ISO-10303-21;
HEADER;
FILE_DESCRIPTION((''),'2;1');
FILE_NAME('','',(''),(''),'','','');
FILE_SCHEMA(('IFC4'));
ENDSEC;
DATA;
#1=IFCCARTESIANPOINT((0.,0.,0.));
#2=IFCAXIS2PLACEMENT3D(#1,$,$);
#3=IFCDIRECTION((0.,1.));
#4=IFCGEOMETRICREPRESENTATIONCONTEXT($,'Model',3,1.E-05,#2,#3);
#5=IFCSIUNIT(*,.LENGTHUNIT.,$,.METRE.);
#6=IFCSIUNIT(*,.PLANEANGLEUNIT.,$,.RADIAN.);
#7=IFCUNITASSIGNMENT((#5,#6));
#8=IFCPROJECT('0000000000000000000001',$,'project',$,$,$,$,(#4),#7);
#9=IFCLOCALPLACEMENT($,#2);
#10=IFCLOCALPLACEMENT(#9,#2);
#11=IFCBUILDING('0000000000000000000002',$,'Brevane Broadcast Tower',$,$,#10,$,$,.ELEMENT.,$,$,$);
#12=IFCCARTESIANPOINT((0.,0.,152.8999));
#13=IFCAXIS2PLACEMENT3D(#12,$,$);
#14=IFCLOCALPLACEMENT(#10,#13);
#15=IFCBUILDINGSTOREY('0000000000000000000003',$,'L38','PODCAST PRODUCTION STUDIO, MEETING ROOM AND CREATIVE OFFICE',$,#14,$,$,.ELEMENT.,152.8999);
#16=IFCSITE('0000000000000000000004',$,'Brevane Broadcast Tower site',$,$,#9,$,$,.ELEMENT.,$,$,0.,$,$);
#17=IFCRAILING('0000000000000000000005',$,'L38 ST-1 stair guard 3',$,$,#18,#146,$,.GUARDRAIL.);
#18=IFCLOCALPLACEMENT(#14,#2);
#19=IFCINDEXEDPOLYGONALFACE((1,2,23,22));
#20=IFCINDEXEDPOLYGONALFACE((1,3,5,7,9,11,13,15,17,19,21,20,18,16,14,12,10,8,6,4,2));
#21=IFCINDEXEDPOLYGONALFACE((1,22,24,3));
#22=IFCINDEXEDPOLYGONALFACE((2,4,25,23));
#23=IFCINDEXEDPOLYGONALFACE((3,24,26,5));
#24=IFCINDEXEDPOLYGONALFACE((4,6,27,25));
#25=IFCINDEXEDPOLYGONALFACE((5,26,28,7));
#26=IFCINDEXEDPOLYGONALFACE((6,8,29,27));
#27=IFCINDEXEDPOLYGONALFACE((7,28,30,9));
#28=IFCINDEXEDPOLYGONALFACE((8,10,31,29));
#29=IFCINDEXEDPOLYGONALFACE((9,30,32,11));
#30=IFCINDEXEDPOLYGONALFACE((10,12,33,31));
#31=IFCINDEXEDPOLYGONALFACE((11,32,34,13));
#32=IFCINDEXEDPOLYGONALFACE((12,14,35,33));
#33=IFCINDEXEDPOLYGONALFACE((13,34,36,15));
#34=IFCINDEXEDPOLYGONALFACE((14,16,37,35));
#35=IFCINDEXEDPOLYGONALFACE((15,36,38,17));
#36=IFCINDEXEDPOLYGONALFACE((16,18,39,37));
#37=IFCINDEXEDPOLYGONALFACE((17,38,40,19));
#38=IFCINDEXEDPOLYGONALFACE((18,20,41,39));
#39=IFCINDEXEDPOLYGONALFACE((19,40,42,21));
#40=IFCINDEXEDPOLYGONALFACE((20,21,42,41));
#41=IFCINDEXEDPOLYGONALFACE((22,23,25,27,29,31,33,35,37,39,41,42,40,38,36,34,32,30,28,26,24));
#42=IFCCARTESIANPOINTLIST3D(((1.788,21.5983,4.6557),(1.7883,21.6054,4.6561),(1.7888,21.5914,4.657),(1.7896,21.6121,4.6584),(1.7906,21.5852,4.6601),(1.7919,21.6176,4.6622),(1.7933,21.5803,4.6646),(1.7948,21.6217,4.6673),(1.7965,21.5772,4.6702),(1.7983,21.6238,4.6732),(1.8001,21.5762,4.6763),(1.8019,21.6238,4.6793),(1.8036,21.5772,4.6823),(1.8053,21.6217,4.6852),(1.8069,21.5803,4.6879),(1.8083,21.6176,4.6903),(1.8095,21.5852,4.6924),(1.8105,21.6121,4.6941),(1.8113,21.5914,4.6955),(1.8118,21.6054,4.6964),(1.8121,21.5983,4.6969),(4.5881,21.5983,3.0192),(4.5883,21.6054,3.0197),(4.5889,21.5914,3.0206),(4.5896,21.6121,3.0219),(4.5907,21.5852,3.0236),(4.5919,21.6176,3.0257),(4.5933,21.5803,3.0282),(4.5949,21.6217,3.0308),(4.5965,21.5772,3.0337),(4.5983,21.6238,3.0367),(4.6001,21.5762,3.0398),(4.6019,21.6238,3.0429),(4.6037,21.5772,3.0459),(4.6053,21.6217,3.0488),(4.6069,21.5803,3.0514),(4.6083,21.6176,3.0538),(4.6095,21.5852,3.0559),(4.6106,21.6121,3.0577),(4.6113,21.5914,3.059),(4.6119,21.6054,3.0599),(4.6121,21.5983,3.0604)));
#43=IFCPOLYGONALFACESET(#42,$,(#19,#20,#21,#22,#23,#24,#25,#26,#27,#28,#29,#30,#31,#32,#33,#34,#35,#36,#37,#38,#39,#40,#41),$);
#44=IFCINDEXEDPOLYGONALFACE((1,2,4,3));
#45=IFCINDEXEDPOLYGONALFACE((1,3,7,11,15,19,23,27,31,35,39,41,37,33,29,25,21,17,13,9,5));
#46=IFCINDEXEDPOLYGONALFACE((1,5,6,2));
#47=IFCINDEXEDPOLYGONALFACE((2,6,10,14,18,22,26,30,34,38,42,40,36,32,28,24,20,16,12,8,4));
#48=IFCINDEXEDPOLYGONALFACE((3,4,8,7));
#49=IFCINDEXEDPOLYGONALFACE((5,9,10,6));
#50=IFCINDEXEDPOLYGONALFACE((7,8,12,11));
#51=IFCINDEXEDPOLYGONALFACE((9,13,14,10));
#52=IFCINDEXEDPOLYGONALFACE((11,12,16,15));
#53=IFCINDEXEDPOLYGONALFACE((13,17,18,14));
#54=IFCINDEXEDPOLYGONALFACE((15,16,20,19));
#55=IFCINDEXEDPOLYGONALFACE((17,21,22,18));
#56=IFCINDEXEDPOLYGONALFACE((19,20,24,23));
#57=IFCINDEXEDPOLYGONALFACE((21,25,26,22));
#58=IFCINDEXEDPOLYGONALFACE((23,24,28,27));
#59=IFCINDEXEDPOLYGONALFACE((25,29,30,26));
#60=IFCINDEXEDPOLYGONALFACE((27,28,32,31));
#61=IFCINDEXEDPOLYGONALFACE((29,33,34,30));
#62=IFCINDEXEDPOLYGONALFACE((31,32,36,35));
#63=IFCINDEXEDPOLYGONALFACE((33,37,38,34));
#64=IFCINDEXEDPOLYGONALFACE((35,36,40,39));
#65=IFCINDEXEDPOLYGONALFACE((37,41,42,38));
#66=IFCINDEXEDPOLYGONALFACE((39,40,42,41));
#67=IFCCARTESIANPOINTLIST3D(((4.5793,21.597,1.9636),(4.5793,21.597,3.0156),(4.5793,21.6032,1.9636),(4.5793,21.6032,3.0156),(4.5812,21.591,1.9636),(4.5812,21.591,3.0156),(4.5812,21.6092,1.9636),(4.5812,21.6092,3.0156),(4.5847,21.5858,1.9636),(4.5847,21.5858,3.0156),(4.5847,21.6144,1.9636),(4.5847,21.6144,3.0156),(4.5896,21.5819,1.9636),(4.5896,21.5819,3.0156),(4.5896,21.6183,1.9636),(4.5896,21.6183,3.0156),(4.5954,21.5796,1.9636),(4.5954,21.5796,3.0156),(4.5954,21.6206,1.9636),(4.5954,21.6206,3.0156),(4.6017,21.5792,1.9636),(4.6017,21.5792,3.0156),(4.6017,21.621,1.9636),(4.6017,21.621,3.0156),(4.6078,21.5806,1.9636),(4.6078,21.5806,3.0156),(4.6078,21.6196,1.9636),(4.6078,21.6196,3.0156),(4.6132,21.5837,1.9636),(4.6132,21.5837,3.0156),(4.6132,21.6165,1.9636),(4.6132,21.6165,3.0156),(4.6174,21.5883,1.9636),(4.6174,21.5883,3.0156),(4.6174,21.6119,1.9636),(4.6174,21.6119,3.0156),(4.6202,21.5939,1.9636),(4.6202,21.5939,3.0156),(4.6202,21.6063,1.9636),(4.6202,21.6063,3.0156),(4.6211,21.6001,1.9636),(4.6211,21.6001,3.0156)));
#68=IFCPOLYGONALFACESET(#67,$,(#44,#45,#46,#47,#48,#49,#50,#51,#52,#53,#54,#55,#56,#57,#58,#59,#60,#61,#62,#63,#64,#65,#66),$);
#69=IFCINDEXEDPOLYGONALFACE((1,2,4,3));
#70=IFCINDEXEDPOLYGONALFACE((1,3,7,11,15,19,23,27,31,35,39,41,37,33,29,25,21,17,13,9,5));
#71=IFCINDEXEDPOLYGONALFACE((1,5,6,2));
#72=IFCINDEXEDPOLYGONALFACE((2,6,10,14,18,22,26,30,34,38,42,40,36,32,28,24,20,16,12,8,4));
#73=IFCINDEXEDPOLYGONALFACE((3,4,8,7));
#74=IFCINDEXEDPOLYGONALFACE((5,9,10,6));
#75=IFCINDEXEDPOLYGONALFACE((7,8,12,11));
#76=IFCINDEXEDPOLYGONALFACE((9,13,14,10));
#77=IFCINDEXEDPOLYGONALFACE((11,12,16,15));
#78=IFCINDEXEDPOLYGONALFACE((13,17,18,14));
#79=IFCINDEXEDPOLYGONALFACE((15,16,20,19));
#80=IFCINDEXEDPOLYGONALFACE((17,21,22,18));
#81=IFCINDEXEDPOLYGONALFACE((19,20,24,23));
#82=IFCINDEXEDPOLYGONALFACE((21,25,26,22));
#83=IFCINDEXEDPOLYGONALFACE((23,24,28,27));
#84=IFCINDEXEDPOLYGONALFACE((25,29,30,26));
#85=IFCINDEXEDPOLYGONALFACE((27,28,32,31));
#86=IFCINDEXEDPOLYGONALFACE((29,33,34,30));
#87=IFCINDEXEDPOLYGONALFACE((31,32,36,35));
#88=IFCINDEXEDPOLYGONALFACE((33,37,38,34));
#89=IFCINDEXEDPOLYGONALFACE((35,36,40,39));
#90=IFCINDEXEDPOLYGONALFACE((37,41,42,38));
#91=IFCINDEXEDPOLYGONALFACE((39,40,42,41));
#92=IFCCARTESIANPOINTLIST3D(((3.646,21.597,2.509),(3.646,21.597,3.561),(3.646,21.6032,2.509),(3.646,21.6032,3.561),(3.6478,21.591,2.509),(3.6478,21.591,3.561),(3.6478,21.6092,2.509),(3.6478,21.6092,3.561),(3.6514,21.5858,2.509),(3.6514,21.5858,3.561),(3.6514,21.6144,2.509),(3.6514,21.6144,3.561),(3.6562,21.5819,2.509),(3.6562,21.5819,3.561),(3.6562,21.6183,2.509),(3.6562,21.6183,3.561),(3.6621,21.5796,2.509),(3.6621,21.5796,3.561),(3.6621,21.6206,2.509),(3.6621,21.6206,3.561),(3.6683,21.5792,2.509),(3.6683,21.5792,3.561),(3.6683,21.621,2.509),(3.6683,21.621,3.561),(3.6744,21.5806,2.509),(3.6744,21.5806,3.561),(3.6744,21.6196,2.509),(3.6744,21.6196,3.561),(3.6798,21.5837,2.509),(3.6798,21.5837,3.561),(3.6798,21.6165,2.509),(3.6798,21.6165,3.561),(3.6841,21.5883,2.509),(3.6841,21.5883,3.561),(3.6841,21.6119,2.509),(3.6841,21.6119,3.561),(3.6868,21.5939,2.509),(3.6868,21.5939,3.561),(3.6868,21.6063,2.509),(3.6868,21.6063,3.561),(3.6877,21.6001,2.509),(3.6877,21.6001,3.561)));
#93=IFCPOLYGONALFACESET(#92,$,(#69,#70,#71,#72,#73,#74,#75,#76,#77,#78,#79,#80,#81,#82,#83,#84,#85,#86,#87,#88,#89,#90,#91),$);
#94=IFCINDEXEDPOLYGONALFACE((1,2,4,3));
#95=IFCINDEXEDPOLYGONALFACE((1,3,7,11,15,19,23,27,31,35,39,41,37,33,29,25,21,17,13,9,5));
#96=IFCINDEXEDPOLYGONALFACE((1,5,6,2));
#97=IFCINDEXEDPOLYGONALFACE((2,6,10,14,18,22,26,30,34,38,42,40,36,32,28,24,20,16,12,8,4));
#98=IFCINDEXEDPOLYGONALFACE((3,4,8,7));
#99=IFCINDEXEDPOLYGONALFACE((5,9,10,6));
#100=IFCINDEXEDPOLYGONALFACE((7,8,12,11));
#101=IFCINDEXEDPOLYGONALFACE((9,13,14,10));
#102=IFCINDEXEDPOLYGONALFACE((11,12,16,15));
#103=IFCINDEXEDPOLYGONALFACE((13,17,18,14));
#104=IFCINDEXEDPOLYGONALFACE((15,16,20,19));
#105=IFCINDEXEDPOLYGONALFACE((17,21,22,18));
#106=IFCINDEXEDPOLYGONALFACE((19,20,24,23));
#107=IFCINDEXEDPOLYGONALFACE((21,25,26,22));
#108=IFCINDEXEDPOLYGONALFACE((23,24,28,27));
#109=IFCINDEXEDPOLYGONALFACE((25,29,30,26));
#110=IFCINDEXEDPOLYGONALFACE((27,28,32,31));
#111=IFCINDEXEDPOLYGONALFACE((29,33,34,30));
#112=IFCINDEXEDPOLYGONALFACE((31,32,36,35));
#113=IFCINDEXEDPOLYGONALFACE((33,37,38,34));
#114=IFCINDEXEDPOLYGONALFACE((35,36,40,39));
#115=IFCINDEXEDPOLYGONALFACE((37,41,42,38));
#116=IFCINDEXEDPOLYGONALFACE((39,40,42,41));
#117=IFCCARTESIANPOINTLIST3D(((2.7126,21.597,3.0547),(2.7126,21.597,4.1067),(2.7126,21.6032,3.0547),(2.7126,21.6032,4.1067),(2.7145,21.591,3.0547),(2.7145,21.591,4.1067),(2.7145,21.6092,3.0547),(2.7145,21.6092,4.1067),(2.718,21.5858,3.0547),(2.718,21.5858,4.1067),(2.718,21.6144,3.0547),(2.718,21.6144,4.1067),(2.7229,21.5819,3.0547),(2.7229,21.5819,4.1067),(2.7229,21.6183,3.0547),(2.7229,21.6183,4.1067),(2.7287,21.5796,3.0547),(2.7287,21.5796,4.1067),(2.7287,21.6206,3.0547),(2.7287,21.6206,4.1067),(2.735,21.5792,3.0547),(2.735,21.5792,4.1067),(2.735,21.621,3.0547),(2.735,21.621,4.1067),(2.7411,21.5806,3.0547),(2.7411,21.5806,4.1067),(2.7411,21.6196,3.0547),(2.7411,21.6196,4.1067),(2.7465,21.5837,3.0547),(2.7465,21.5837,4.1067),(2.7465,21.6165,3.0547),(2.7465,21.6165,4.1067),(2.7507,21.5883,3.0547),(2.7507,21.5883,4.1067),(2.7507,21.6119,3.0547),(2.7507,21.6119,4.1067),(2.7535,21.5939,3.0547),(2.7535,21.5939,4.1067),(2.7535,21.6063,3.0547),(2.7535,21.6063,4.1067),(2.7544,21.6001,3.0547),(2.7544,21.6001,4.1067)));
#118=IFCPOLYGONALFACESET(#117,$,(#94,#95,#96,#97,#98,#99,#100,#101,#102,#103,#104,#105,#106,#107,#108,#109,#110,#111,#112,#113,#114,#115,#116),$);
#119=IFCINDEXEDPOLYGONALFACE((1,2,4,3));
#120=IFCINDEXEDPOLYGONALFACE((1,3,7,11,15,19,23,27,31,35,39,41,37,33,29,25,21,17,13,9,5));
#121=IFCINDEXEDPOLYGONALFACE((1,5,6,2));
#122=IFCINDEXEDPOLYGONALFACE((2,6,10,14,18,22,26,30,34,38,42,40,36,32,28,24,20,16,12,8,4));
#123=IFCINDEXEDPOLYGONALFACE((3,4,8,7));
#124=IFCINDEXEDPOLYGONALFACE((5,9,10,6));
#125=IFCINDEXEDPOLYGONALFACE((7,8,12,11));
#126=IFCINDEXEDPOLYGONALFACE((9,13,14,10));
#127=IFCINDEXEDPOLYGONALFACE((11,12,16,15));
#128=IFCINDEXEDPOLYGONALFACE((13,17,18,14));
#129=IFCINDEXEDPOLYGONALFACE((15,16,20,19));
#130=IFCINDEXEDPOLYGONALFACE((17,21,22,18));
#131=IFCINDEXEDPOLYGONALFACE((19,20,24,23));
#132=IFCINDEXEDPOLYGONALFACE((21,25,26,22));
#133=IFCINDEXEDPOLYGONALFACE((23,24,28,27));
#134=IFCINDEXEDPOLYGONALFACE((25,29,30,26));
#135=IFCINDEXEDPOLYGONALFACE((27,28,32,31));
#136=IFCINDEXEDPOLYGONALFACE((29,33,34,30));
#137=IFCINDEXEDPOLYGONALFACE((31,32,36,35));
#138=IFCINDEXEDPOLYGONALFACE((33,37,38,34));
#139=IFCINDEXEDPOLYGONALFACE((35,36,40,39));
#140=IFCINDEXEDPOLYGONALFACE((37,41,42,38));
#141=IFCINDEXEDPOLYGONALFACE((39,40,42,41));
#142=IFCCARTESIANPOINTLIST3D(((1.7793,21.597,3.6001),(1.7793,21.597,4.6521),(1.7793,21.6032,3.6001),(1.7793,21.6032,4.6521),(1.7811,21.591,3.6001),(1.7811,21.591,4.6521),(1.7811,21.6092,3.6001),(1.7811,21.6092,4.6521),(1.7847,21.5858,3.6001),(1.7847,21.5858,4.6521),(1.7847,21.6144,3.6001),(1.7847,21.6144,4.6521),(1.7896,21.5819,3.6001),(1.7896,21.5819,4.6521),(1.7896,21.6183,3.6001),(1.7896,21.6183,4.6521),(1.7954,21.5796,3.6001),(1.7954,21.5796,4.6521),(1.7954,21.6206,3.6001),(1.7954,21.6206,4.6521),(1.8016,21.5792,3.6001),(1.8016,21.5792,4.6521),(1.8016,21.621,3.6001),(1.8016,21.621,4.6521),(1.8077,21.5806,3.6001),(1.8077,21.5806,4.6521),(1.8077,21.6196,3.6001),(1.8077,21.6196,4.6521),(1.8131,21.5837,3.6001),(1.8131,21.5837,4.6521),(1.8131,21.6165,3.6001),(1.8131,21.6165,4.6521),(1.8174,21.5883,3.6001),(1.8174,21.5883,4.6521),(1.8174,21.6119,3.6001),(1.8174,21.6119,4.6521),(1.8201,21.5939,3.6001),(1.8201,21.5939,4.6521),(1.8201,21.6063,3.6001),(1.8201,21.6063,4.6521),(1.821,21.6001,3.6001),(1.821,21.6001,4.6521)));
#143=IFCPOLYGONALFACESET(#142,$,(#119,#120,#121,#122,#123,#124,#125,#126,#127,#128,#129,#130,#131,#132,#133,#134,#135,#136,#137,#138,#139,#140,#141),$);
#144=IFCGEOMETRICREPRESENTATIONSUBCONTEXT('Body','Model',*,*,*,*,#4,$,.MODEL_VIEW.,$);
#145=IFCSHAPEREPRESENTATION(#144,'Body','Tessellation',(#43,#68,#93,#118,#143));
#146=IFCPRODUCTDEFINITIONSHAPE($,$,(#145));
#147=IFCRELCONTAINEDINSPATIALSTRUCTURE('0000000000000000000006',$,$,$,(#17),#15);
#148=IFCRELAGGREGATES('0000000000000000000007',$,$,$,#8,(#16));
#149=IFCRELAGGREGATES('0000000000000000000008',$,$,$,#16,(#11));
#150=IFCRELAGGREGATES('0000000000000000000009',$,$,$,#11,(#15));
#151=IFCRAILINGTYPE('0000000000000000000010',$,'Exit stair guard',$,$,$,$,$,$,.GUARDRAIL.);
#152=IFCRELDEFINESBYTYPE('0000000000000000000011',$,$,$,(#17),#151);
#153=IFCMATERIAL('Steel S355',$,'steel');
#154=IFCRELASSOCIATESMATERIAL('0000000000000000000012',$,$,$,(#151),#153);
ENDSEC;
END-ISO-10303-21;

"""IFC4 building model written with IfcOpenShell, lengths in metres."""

from ifc_helpers import new_model, si_unit, direction, frame, origin, origin_2d, place, context, subcontext, project, spatial, circle, extrude, material, type_object, element, save


model = new_model("IFC4")

# Units and contexts
model_context = context("Model", 3, precision=1e-05, world=origin(), true_north=direction((0.0, 1.0)))
body_context = subcontext(model_context, "Body", "Model", "MODEL_VIEW")
ifc_project = project(units=[si_unit("LENGTHUNIT", "METRE"), si_unit("PLANEANGLEUNIT", "RADIAN")], contexts=[model_context])

# Site, building, storey
site_placement = place(None, origin())
site = spatial("IfcSite", under=ifc_project, at=site_placement, Name="Brevane Broadcast Tower site", CompositionType="ELEMENT", RefElevation=0.0)
building_placement = place(site_placement, origin())
building = spatial("IfcBuilding", under=site, at=building_placement, Name="Brevane Broadcast Tower", CompositionType="ELEMENT")
storey_placement = place(building_placement, frame((0.0, 0.0, 152.8999)))
storey = spatial("IfcBuildingStorey", under=building, at=storey_placement, Name="L38", Description="PODCAST PRODUCTION STUDIO, MEETING ROOM AND CREATIVE OFFICE", CompositionType="ELEMENT", Elevation=152.8999)

# Railing
ifc_material_1 = material(Name="Steel S355", Category="steel")
railing_type_1 = type_object("IfcRailingType", Name="Exit stair guard", PredefinedType="GUARDRAIL", material=ifc_material_1)
railing_1_placement = place(storey_placement, frame((4.6001, 21.6001, 1.9636)))
element("IfcRailing", 1, at=railing_1_placement, inside=storey, type_object=railing_type_1, Name="L38 ST-1 stair guard 3", PredefinedType="GUARDRAIL", context=body_context, shape_type="SweptSolid", body=[
    extrude(circle(Radius=0.0239, at=origin_2d()), frame((0.0, 0.0, 1.0762), z_axis=(-0.863361, 0.0, 0.504587), x_axis=(0.0, -1.0, 0.0)), (0.0, 0.0, 1.0), 3.2432),
    extrude(circle(Radius=0.021, at=origin_2d()), origin(), (0.0, 0.0, 1.0), 1.052),
    extrude(circle(Radius=0.021, at=origin_2d()), frame((-0.9333, 0.0, 0.5454)), (0.0, 0.0, 1.0), 1.052),
    extrude(circle(Radius=0.021, at=origin_2d()), frame((-1.8667, 0.0, 1.0911)), (0.0, 0.0, 1.0), 1.052),
    extrude(circle(Radius=0.021, at=origin_2d()), frame((-2.8, 0.0, 1.6365)), (0.0, 0.0, 1.0), 1.052),
])

save(model, "model.ifc")
